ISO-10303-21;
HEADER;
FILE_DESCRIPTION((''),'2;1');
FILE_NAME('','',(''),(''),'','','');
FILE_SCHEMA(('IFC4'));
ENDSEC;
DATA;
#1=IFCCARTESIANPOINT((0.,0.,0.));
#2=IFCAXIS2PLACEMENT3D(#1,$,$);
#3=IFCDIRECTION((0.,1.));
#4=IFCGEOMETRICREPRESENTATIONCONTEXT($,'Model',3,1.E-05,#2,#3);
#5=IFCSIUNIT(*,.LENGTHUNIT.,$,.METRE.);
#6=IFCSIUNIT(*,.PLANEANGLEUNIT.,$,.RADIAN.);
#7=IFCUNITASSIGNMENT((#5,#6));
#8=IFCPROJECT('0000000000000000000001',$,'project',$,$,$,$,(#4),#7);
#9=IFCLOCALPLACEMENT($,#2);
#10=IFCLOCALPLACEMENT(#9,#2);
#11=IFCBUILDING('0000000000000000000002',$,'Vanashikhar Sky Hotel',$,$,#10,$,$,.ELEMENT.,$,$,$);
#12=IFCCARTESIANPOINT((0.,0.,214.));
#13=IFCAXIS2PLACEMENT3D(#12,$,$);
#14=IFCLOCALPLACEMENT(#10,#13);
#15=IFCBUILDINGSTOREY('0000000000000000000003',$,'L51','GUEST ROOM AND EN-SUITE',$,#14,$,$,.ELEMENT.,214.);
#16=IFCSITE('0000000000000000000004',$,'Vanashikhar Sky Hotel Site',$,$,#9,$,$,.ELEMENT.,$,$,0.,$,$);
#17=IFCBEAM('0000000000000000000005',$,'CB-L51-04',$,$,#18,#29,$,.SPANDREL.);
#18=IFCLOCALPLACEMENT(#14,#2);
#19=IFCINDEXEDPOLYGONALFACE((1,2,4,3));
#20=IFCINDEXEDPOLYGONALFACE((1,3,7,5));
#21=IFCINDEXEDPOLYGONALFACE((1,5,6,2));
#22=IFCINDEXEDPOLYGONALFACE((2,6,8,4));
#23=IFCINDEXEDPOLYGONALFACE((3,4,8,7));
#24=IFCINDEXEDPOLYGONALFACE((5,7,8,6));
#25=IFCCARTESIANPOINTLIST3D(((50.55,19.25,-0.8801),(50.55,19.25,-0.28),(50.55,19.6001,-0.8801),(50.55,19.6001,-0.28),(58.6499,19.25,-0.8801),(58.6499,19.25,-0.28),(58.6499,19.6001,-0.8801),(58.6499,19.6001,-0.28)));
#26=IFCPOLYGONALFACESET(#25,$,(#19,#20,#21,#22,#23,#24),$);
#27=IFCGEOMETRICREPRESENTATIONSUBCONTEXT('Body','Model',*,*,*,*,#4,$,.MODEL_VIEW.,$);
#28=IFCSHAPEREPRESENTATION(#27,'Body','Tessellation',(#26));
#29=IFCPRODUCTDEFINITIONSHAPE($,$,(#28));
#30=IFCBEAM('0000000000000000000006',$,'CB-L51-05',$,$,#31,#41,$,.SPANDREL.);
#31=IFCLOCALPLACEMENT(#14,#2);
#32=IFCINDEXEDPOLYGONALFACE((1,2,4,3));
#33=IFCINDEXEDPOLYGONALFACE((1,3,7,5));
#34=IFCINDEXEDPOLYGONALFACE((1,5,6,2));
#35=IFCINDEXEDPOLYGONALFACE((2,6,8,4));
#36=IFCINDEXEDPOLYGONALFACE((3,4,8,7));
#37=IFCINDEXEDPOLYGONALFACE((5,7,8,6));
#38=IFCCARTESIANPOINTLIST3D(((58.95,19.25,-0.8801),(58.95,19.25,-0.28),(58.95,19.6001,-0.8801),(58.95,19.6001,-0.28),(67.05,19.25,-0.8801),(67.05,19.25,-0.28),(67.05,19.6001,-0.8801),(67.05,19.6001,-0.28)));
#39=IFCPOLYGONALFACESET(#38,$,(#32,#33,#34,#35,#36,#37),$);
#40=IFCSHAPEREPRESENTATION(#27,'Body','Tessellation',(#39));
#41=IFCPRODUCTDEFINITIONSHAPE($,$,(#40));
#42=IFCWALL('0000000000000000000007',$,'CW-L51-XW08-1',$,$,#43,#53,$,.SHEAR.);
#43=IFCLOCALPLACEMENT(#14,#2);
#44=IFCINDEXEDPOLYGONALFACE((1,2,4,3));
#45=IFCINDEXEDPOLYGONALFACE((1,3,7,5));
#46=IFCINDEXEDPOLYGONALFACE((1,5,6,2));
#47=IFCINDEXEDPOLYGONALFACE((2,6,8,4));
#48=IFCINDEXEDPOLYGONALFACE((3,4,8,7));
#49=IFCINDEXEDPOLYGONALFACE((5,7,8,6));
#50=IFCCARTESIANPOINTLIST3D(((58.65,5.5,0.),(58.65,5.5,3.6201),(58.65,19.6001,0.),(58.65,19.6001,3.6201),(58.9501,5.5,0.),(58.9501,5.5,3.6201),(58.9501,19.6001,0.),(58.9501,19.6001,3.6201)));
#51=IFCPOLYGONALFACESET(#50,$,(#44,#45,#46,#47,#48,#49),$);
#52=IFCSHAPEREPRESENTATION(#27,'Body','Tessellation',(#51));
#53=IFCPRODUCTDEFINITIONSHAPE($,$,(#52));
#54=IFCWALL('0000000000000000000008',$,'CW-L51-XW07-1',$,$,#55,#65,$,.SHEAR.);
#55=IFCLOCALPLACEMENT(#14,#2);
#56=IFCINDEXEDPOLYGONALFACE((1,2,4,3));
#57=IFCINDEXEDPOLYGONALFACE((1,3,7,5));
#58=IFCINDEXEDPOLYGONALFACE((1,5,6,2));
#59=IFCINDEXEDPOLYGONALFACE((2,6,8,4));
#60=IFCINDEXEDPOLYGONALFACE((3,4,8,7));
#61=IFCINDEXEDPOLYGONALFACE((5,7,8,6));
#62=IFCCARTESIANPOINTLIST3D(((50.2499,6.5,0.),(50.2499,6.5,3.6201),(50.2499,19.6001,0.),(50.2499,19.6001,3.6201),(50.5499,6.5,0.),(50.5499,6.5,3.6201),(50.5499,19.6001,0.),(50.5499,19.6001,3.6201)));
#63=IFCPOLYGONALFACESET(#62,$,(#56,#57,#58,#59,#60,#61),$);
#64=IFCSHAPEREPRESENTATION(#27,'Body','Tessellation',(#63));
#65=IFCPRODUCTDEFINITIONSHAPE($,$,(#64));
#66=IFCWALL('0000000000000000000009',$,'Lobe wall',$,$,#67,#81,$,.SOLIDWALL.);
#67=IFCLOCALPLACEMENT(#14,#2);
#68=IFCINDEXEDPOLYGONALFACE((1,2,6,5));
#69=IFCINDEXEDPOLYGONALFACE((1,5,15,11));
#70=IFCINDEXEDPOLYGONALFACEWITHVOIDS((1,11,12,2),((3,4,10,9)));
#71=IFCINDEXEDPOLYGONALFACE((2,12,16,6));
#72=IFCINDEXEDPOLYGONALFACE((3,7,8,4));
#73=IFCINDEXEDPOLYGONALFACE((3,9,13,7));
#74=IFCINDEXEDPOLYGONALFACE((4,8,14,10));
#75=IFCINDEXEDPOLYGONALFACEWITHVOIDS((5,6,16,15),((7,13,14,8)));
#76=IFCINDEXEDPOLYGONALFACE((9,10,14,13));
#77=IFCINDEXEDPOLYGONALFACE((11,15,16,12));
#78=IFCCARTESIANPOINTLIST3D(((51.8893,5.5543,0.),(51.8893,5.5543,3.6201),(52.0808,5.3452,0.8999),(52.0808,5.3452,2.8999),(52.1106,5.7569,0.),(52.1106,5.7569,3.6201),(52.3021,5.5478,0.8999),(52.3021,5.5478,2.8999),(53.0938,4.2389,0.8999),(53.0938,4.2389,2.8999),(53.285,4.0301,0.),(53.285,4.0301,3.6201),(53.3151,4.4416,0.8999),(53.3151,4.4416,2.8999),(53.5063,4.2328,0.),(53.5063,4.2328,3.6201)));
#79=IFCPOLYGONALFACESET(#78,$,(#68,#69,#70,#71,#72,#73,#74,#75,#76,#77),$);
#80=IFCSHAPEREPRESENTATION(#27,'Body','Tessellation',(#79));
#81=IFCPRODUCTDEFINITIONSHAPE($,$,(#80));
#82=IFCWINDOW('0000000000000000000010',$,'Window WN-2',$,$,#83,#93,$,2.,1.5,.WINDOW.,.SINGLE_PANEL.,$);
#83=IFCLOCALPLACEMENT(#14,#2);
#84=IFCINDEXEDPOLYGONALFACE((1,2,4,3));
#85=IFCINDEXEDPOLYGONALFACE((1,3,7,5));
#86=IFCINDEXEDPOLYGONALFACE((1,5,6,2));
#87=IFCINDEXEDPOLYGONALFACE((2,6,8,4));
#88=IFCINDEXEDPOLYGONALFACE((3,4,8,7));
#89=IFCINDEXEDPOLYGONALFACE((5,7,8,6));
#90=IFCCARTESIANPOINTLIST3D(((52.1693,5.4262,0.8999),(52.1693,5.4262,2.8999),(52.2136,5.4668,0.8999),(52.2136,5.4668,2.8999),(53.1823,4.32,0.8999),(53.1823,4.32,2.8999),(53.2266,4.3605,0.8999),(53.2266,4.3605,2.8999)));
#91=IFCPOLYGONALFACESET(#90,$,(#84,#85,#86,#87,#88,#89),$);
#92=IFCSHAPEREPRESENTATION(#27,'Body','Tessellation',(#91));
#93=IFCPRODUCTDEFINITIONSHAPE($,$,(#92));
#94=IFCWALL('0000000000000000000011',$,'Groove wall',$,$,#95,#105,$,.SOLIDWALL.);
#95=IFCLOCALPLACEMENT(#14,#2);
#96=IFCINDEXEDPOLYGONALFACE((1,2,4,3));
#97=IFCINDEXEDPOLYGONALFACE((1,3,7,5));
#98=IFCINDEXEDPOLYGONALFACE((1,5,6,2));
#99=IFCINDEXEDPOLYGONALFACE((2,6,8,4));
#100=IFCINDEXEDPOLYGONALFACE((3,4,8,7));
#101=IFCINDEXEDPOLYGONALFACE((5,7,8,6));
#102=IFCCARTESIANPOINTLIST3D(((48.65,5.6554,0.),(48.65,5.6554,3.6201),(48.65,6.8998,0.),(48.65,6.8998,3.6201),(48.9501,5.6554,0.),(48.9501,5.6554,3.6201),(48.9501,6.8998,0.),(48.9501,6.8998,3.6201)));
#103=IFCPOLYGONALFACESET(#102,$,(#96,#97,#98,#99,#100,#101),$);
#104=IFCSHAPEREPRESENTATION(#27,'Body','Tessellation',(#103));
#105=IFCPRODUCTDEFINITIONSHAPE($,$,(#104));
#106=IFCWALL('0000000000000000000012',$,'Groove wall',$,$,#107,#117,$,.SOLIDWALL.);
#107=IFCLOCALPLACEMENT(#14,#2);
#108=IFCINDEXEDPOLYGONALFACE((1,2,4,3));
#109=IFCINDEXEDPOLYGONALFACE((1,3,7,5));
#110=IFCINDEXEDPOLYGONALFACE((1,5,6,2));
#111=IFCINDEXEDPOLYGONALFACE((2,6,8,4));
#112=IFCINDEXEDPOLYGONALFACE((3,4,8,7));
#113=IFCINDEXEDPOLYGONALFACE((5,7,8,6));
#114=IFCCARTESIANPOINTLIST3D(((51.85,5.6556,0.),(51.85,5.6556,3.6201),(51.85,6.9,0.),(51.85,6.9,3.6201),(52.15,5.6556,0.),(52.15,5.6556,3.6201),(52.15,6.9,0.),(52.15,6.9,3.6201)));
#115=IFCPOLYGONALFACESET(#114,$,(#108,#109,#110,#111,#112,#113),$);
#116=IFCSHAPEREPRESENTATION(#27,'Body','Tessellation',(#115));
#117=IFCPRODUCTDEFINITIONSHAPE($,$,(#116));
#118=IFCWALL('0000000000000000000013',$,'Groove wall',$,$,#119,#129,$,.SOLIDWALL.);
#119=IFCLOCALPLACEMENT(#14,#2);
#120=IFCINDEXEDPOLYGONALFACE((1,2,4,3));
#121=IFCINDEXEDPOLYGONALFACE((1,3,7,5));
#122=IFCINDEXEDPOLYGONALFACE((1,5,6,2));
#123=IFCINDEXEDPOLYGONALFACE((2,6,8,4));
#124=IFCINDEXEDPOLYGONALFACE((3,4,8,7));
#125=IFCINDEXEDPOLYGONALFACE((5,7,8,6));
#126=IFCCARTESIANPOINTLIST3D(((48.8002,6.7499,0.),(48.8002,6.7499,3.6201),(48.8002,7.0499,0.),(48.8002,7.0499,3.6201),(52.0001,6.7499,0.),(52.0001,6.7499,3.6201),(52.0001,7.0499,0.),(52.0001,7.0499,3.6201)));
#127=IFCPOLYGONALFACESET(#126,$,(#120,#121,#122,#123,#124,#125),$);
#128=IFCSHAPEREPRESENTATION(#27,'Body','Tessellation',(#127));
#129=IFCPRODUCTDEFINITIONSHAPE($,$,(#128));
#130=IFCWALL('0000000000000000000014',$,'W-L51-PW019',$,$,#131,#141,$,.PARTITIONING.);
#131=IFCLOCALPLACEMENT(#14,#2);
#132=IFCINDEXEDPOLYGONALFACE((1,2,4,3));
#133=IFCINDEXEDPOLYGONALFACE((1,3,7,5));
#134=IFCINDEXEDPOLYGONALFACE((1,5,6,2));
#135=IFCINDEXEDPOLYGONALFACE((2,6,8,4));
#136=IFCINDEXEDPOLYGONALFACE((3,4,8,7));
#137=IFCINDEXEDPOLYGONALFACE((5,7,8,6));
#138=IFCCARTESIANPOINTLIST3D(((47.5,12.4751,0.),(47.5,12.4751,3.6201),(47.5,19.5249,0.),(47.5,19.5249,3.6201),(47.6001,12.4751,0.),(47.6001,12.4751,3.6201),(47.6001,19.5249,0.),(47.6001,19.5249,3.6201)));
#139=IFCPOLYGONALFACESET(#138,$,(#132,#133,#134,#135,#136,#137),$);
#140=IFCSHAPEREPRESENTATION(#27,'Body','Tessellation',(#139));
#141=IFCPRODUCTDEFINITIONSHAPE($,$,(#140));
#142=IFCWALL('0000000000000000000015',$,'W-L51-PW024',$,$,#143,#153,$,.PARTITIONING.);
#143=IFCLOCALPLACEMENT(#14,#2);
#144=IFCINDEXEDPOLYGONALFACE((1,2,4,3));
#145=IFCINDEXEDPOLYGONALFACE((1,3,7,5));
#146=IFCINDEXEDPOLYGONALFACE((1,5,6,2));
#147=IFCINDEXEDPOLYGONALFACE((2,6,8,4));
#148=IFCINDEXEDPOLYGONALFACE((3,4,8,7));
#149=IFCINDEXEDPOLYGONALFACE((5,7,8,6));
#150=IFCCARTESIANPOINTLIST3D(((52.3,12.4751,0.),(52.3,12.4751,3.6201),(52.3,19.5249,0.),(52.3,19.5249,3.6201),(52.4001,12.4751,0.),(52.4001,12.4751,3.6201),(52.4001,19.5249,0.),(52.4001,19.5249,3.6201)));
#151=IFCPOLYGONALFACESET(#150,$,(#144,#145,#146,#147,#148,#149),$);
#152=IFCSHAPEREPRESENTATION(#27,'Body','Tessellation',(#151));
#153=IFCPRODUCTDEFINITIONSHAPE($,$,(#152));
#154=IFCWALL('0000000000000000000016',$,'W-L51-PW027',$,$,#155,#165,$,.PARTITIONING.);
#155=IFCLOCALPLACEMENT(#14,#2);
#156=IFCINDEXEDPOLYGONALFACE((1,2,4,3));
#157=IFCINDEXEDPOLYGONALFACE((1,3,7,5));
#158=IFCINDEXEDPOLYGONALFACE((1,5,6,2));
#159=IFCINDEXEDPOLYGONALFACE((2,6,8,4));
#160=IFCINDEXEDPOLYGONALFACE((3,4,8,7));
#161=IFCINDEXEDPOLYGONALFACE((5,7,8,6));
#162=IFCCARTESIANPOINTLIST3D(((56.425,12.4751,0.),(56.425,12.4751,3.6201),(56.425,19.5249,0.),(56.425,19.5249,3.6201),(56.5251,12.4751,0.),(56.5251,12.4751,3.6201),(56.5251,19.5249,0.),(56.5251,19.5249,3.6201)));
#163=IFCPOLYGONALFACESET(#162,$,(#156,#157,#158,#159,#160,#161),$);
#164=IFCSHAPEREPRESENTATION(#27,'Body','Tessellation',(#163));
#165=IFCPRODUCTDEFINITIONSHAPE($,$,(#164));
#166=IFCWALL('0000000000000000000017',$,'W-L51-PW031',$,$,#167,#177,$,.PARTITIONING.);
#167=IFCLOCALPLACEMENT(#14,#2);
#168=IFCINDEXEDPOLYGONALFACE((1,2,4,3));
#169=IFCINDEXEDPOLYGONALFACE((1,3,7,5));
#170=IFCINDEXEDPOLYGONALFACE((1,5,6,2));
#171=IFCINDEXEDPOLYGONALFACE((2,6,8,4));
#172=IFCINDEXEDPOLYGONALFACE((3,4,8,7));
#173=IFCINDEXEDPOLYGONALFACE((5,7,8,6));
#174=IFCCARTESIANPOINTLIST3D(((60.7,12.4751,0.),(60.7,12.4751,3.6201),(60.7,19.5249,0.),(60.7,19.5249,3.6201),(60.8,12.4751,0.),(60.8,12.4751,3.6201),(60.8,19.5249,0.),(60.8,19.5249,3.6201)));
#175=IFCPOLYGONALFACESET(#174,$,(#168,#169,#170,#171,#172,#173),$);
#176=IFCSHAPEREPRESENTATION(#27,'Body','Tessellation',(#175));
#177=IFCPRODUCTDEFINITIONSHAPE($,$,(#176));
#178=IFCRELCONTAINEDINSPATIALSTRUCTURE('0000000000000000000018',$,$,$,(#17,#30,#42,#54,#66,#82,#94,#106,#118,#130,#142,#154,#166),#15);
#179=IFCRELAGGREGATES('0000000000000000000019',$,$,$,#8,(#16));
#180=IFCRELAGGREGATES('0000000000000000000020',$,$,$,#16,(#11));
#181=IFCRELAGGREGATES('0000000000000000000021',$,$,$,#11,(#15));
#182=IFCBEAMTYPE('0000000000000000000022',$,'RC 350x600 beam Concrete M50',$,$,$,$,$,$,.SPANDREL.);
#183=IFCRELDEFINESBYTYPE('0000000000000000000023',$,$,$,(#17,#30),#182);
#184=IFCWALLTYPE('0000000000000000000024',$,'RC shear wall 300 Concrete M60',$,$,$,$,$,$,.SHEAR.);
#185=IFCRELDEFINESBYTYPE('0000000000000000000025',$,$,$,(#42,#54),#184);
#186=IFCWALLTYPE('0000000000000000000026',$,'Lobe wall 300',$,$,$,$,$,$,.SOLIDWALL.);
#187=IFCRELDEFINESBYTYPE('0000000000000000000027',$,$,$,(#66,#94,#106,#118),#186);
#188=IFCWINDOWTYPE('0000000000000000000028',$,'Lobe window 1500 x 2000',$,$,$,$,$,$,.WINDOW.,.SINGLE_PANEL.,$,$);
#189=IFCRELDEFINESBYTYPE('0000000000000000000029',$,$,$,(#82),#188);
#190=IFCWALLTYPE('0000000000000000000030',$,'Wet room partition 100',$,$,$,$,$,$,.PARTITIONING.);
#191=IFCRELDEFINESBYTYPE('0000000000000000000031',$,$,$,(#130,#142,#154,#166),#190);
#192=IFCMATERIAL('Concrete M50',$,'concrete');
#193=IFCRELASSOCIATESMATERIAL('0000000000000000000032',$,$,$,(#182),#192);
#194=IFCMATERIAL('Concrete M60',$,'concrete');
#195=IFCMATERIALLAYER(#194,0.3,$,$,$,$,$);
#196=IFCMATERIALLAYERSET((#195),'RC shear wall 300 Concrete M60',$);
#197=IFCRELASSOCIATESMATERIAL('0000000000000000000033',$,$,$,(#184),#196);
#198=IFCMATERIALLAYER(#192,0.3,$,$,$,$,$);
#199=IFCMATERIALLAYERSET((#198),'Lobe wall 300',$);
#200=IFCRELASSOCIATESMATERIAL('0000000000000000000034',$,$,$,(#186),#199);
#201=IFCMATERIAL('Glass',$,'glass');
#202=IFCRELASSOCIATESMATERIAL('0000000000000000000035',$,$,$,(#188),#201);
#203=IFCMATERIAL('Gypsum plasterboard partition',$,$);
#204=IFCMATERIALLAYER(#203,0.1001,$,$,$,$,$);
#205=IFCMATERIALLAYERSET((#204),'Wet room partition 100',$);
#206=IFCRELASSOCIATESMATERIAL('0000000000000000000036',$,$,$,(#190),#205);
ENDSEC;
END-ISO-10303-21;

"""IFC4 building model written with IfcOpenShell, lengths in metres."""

from ifc_helpers import new_model, si_unit, direction, frame, frame_2d, origin, origin_2d, place, context, subcontext, project, spatial, rectangle, extrude, source, transform, mapped, material, layer, layer_set, material_profile, profile_set, type_object, element, fill, save


model = new_model("IFC4")

# Units and contexts
model_context = context("Model", 3, precision=1e-05, world=origin(), true_north=direction((0.0, 1.0)))
body_context = subcontext(model_context, "Body", "Model", "MODEL_VIEW")
ifc_project = project(units=[si_unit("LENGTHUNIT", "METRE"), si_unit("PLANEANGLEUNIT", "RADIAN")], contexts=[model_context])

# Site, building, storey
site_placement = place(None, origin())
site = spatial("IfcSite", under=ifc_project, at=site_placement, Name="Vanashikhar Sky Hotel Site", CompositionType="ELEMENT", RefElevation=0.0)
building_placement = place(site_placement, origin())
building = spatial("IfcBuilding", under=site, at=building_placement, Name="Vanashikhar Sky Hotel", CompositionType="ELEMENT")
storey_placement = place(building_placement, frame((0.0, 0.0, 214.0)))
storey = spatial("IfcBuildingStorey", under=building, at=storey_placement, Name="L51", Description="GUEST ROOM AND EN-SUITE", CompositionType="ELEMENT", Elevation=214.0)

# Beams
ifc_material_1 = material(Name="Concrete M50", Category="concrete")
ifc_material_profile = material_profile(ifc_material_1, rectangle(XDim=0.3501, YDim=0.6001, at=origin_2d()))
ifc_profile_set = profile_set([ifc_material_profile], Name="RC 350x600 beam Concrete M50")
beam_type = type_object("IfcBeamType", Name="RC 350x600 beam Concrete M50", PredefinedType="SPANDREL", material=ifc_profile_set)
shared_shape_1 = source(origin(), body_context, "Body", "SweptSolid", [
    extrude(rectangle(XDim=0.3501, YDim=0.6001, at=origin_2d()), origin(), (0.0, 0.0, 1.0), 8.0999),
])
beam_1_placement = place(storey_placement, frame((50.55, 19.425, -0.5801), z_axis=(1.0, 0.0, 0.0), x_axis=(0.0, 1.0, 0.0)))
element("IfcBeam", 1, at=beam_1_placement, inside=storey, type_object=beam_type, Name="CB-L51-04", PredefinedType="SPANDREL", context=body_context, shape_type="MappedRepresentation", body=[
    mapped(shared_shape_1, transform((0.0, 0.0, 0.0), scale=1.0)),
])
shared_shape_2 = source(origin(), body_context, "Body", "SweptSolid", [
    extrude(rectangle(XDim=0.3501, YDim=0.6001, at=origin_2d()), origin(), (0.0, 0.0, 1.0), 8.1001),
])
beam_2_placement = place(storey_placement, frame((58.95, 19.425, -0.5801), z_axis=(1.0, 0.0, 0.0), x_axis=(0.0, 1.0, 0.0)))
element("IfcBeam", 2, at=beam_2_placement, inside=storey, type_object=beam_type, Name="CB-L51-05", PredefinedType="SPANDREL", context=body_context, shape_type="MappedRepresentation", body=[
    mapped(shared_shape_2, transform((0.0, 0.0, 0.0), scale=1.0)),
])

# Walls
ifc_material_2 = material(Name="Concrete M60", Category="concrete")
ifc_layer_1 = layer(ifc_material_2, 0.3)
ifc_layer_set_1 = layer_set([ifc_layer_1], Name="RC shear wall 300 Concrete M60")
wall_type_1 = type_object("IfcWallType", Name="RC shear wall 300 Concrete M60", PredefinedType="SHEAR", material=ifc_layer_set_1)
shared_shape_3 = source(origin(), body_context, "Body", "SweptSolid", [
    extrude(rectangle(XDim=14.1001, YDim=0.3, at=frame_2d((7.05, 0.0))), origin(), (0.0, 0.0, 1.0), 3.6201),
])
wall_1_placement = place(storey_placement, frame((58.8, 5.5, 0.0), z_axis=(0.0, 0.0, 1.0), x_axis=(0.0, 1.0, 0.0)))
element("IfcWall", 3, at=wall_1_placement, inside=storey, type_object=wall_type_1, Name="CW-L51-XW08-1", PredefinedType="SHEAR", context=body_context, shape_type="MappedRepresentation", body=[
    mapped(shared_shape_3, transform((0.0, 0.0, 0.0), scale=1.0)),
])
shared_shape_4 = source(origin(), body_context, "Body", "SweptSolid", [
    extrude(rectangle(XDim=13.1001, YDim=0.3, at=frame_2d((6.55, 0.0))), origin(), (0.0, 0.0, 1.0), 3.6201),
])
wall_2_placement = place(storey_placement, frame((50.3999, 6.5, 0.0), z_axis=(0.0, 0.0, 1.0), x_axis=(0.0, 1.0, 0.0)))
element("IfcWall", 4, at=wall_2_placement, inside=storey, type_object=wall_type_1, Name="CW-L51-XW07-1", PredefinedType="SHEAR", context=body_context, shape_type="MappedRepresentation", body=[
    mapped(shared_shape_4, transform((0.0, 0.0, 0.0), scale=1.0)),
])

# Wall, opening, window
ifc_layer_2 = layer(ifc_material_1, 0.3)
ifc_layer_set_2 = layer_set([ifc_layer_2], Name="Lobe wall 300")
wall_type_2 = type_object("IfcWallType", Name="Lobe wall 300", PredefinedType="SOLIDWALL", material=ifc_layer_set_2)
shared_shape_5 = source(origin(), body_context, "Body", "SweptSolid", [
    extrude(rectangle(XDim=2.0667, YDim=0.3, at=frame_2d((1.0332, 0.0))), origin(), (0.0, 0.0, 1.0), 3.6201),
])
wall_3_placement = place(storey_placement, frame((52.0, 5.6555, 0.0), z_axis=(0.0, 0.0, 1.0), x_axis=(0.675355, -0.737492, 0.0)))
wall_3 = element("IfcWall", 5, at=wall_3_placement, inside=storey, type_object=wall_type_2, Name="Lobe wall", PredefinedType="SOLIDWALL", context=body_context, shape_type="MappedRepresentation", body=[
    mapped(shared_shape_5, transform((0.0, 0.0, 0.0), scale=1.0)),
])
shared_shape_6 = source(origin(), body_context, "Body", "SweptSolid", [
    extrude(rectangle(XDim=1.5, YDim=2.0, at=frame_2d((0.75, 1.0))), frame((0.0, 0.1602, 0.0), z_axis=(0.0, -1.0, 0.0), x_axis=(1.0, 0.0, 0.0)), (0.0, 0.0, 1.0), 0.3201),
])
opening_1_placement = place(wall_3_placement, frame((0.2834, 0.0, 0.8999)))
opening_1 = element("IfcOpeningElement", 6, at=opening_1_placement, cuts=wall_3, PredefinedType="OPENING", context=body_context, shape_type="MappedRepresentation", body=[
    mapped(shared_shape_6, transform((0.0, 0.0, 0.0), scale=1.0)),
])
ifc_material_3 = material(Name="Glass", Category="glass")
window_type = type_object("IfcWindowType", Name="Lobe window 1500 x 2000", PartitioningType="SINGLE_PANEL", PredefinedType="WINDOW", material=ifc_material_3)
shared_shape_7 = source(origin(), body_context, "Body", "SweptSolid", [
    extrude(rectangle(XDim=1.5, YDim=2.0, at=frame_2d((0.75, 1.0))), frame((0.0, 0.03, 0.0), z_axis=(0.0, -1.0, 0.0), x_axis=(1.0, 0.0, 0.0)), (0.0, 0.0, 1.0), 0.0601),
])
window_placement = place(opening_1_placement, origin())
window = element("IfcWindow", 7, at=window_placement, inside=storey, type_object=window_type, Name="Window WN-2", OverallHeight=2.0, OverallWidth=1.5, PartitioningType="SINGLE_PANEL", PredefinedType="WINDOW", context=body_context, shape_type="MappedRepresentation", body=[
    mapped(shared_shape_7, transform((0.0, 0.0, 0.0), scale=1.0)),
])
fill(opening_1, window)

# Walls
shared_shape_8 = source(origin(), body_context, "Body", "SweptSolid", [
    extrude(rectangle(XDim=1.2444, YDim=0.3, at=frame_2d((0.6221, 0.0))), origin(), (0.0, 0.0, 1.0), 3.6201),
])
for number, where, z_axis, x_axis, name in (
    (8, (48.8, 5.6555, 0.0), (0.0, 0.0, 1.0), (0.0, 1.0, 0.0), "Groove wall"),
    (9, (52.0, 6.8999, 0.0), (0.0, 0.0, 1.0), (0.0, -1.0, 0.0), "Groove wall"),
):
    element("IfcWall", number, at=place(storey_placement, frame(where, z_axis=z_axis, x_axis=x_axis)), inside=storey, type_object=wall_type_2, Name=name, PredefinedType="SOLIDWALL", context=body_context, shape_type="MappedRepresentation", body=[
        mapped(shared_shape_8, transform((0.0, 0.0, 0.0), scale=1.0)),
    ])
shared_shape_9 = source(origin(), body_context, "Body", "SweptSolid", [
    extrude(rectangle(XDim=3.2, YDim=0.3, at=frame_2d((1.6001, 0.0))), origin(), (0.0, 0.0, 1.0), 3.6201),
])
wall_4_placement = place(storey_placement, frame((48.8, 6.8999, 0.0), z_axis=(0.0, 0.0, 1.0), x_axis=(1.0, 0.0, 0.0)))
element("IfcWall", 10, at=wall_4_placement, inside=storey, type_object=wall_type_2, Name="Groove wall", PredefinedType="SOLIDWALL", context=body_context, shape_type="MappedRepresentation", body=[
    mapped(shared_shape_9, transform((0.0, 0.0, 0.0), scale=1.0)),
])
ifc_material_4 = material(Name="Gypsum plasterboard partition")
ifc_layer_3 = layer(ifc_material_4, 0.1001)
ifc_layer_set_3 = layer_set([ifc_layer_3], Name="Wet room partition 100")
wall_type_3 = type_object("IfcWallType", Name="Wet room partition 100", PredefinedType="PARTITIONING", material=ifc_layer_set_3)
shared_shape_10 = source(origin(), body_context, "Body", "SweptSolid", [
    extrude(rectangle(XDim=7.0498, YDim=0.1001, at=frame_2d((3.5249, 0.0))), origin(), (0.0, 0.0, 1.0), 3.6201),
])
for number, where, z_axis, x_axis, name in (
    (11, (47.55, 12.4751, 0.0), (0.0, 0.0, 1.0), (0.0, 1.0, 0.0), "W-L51-PW019"),
    (12, (52.3501, 12.4751, 0.0), (0.0, 0.0, 1.0), (0.0, 1.0, 0.0), "W-L51-PW024"),
    (13, (56.4751, 12.4751, 0.0), (0.0, 0.0, 1.0), (0.0, 1.0, 0.0), "W-L51-PW027"),
    (14, (60.75, 12.4751, 0.0), (0.0, 0.0, 1.0), (0.0, 1.0, 0.0), "W-L51-PW031"),
):
    element("IfcWall", number, at=place(storey_placement, frame(where, z_axis=z_axis, x_axis=x_axis)), inside=storey, type_object=wall_type_3, Name=name, PredefinedType="PARTITIONING", context=body_context, shape_type="MappedRepresentation", body=[
        mapped(shared_shape_10, transform((0.0, 0.0, 0.0), scale=1.0)),
    ])

save(model, "model.ifc")
